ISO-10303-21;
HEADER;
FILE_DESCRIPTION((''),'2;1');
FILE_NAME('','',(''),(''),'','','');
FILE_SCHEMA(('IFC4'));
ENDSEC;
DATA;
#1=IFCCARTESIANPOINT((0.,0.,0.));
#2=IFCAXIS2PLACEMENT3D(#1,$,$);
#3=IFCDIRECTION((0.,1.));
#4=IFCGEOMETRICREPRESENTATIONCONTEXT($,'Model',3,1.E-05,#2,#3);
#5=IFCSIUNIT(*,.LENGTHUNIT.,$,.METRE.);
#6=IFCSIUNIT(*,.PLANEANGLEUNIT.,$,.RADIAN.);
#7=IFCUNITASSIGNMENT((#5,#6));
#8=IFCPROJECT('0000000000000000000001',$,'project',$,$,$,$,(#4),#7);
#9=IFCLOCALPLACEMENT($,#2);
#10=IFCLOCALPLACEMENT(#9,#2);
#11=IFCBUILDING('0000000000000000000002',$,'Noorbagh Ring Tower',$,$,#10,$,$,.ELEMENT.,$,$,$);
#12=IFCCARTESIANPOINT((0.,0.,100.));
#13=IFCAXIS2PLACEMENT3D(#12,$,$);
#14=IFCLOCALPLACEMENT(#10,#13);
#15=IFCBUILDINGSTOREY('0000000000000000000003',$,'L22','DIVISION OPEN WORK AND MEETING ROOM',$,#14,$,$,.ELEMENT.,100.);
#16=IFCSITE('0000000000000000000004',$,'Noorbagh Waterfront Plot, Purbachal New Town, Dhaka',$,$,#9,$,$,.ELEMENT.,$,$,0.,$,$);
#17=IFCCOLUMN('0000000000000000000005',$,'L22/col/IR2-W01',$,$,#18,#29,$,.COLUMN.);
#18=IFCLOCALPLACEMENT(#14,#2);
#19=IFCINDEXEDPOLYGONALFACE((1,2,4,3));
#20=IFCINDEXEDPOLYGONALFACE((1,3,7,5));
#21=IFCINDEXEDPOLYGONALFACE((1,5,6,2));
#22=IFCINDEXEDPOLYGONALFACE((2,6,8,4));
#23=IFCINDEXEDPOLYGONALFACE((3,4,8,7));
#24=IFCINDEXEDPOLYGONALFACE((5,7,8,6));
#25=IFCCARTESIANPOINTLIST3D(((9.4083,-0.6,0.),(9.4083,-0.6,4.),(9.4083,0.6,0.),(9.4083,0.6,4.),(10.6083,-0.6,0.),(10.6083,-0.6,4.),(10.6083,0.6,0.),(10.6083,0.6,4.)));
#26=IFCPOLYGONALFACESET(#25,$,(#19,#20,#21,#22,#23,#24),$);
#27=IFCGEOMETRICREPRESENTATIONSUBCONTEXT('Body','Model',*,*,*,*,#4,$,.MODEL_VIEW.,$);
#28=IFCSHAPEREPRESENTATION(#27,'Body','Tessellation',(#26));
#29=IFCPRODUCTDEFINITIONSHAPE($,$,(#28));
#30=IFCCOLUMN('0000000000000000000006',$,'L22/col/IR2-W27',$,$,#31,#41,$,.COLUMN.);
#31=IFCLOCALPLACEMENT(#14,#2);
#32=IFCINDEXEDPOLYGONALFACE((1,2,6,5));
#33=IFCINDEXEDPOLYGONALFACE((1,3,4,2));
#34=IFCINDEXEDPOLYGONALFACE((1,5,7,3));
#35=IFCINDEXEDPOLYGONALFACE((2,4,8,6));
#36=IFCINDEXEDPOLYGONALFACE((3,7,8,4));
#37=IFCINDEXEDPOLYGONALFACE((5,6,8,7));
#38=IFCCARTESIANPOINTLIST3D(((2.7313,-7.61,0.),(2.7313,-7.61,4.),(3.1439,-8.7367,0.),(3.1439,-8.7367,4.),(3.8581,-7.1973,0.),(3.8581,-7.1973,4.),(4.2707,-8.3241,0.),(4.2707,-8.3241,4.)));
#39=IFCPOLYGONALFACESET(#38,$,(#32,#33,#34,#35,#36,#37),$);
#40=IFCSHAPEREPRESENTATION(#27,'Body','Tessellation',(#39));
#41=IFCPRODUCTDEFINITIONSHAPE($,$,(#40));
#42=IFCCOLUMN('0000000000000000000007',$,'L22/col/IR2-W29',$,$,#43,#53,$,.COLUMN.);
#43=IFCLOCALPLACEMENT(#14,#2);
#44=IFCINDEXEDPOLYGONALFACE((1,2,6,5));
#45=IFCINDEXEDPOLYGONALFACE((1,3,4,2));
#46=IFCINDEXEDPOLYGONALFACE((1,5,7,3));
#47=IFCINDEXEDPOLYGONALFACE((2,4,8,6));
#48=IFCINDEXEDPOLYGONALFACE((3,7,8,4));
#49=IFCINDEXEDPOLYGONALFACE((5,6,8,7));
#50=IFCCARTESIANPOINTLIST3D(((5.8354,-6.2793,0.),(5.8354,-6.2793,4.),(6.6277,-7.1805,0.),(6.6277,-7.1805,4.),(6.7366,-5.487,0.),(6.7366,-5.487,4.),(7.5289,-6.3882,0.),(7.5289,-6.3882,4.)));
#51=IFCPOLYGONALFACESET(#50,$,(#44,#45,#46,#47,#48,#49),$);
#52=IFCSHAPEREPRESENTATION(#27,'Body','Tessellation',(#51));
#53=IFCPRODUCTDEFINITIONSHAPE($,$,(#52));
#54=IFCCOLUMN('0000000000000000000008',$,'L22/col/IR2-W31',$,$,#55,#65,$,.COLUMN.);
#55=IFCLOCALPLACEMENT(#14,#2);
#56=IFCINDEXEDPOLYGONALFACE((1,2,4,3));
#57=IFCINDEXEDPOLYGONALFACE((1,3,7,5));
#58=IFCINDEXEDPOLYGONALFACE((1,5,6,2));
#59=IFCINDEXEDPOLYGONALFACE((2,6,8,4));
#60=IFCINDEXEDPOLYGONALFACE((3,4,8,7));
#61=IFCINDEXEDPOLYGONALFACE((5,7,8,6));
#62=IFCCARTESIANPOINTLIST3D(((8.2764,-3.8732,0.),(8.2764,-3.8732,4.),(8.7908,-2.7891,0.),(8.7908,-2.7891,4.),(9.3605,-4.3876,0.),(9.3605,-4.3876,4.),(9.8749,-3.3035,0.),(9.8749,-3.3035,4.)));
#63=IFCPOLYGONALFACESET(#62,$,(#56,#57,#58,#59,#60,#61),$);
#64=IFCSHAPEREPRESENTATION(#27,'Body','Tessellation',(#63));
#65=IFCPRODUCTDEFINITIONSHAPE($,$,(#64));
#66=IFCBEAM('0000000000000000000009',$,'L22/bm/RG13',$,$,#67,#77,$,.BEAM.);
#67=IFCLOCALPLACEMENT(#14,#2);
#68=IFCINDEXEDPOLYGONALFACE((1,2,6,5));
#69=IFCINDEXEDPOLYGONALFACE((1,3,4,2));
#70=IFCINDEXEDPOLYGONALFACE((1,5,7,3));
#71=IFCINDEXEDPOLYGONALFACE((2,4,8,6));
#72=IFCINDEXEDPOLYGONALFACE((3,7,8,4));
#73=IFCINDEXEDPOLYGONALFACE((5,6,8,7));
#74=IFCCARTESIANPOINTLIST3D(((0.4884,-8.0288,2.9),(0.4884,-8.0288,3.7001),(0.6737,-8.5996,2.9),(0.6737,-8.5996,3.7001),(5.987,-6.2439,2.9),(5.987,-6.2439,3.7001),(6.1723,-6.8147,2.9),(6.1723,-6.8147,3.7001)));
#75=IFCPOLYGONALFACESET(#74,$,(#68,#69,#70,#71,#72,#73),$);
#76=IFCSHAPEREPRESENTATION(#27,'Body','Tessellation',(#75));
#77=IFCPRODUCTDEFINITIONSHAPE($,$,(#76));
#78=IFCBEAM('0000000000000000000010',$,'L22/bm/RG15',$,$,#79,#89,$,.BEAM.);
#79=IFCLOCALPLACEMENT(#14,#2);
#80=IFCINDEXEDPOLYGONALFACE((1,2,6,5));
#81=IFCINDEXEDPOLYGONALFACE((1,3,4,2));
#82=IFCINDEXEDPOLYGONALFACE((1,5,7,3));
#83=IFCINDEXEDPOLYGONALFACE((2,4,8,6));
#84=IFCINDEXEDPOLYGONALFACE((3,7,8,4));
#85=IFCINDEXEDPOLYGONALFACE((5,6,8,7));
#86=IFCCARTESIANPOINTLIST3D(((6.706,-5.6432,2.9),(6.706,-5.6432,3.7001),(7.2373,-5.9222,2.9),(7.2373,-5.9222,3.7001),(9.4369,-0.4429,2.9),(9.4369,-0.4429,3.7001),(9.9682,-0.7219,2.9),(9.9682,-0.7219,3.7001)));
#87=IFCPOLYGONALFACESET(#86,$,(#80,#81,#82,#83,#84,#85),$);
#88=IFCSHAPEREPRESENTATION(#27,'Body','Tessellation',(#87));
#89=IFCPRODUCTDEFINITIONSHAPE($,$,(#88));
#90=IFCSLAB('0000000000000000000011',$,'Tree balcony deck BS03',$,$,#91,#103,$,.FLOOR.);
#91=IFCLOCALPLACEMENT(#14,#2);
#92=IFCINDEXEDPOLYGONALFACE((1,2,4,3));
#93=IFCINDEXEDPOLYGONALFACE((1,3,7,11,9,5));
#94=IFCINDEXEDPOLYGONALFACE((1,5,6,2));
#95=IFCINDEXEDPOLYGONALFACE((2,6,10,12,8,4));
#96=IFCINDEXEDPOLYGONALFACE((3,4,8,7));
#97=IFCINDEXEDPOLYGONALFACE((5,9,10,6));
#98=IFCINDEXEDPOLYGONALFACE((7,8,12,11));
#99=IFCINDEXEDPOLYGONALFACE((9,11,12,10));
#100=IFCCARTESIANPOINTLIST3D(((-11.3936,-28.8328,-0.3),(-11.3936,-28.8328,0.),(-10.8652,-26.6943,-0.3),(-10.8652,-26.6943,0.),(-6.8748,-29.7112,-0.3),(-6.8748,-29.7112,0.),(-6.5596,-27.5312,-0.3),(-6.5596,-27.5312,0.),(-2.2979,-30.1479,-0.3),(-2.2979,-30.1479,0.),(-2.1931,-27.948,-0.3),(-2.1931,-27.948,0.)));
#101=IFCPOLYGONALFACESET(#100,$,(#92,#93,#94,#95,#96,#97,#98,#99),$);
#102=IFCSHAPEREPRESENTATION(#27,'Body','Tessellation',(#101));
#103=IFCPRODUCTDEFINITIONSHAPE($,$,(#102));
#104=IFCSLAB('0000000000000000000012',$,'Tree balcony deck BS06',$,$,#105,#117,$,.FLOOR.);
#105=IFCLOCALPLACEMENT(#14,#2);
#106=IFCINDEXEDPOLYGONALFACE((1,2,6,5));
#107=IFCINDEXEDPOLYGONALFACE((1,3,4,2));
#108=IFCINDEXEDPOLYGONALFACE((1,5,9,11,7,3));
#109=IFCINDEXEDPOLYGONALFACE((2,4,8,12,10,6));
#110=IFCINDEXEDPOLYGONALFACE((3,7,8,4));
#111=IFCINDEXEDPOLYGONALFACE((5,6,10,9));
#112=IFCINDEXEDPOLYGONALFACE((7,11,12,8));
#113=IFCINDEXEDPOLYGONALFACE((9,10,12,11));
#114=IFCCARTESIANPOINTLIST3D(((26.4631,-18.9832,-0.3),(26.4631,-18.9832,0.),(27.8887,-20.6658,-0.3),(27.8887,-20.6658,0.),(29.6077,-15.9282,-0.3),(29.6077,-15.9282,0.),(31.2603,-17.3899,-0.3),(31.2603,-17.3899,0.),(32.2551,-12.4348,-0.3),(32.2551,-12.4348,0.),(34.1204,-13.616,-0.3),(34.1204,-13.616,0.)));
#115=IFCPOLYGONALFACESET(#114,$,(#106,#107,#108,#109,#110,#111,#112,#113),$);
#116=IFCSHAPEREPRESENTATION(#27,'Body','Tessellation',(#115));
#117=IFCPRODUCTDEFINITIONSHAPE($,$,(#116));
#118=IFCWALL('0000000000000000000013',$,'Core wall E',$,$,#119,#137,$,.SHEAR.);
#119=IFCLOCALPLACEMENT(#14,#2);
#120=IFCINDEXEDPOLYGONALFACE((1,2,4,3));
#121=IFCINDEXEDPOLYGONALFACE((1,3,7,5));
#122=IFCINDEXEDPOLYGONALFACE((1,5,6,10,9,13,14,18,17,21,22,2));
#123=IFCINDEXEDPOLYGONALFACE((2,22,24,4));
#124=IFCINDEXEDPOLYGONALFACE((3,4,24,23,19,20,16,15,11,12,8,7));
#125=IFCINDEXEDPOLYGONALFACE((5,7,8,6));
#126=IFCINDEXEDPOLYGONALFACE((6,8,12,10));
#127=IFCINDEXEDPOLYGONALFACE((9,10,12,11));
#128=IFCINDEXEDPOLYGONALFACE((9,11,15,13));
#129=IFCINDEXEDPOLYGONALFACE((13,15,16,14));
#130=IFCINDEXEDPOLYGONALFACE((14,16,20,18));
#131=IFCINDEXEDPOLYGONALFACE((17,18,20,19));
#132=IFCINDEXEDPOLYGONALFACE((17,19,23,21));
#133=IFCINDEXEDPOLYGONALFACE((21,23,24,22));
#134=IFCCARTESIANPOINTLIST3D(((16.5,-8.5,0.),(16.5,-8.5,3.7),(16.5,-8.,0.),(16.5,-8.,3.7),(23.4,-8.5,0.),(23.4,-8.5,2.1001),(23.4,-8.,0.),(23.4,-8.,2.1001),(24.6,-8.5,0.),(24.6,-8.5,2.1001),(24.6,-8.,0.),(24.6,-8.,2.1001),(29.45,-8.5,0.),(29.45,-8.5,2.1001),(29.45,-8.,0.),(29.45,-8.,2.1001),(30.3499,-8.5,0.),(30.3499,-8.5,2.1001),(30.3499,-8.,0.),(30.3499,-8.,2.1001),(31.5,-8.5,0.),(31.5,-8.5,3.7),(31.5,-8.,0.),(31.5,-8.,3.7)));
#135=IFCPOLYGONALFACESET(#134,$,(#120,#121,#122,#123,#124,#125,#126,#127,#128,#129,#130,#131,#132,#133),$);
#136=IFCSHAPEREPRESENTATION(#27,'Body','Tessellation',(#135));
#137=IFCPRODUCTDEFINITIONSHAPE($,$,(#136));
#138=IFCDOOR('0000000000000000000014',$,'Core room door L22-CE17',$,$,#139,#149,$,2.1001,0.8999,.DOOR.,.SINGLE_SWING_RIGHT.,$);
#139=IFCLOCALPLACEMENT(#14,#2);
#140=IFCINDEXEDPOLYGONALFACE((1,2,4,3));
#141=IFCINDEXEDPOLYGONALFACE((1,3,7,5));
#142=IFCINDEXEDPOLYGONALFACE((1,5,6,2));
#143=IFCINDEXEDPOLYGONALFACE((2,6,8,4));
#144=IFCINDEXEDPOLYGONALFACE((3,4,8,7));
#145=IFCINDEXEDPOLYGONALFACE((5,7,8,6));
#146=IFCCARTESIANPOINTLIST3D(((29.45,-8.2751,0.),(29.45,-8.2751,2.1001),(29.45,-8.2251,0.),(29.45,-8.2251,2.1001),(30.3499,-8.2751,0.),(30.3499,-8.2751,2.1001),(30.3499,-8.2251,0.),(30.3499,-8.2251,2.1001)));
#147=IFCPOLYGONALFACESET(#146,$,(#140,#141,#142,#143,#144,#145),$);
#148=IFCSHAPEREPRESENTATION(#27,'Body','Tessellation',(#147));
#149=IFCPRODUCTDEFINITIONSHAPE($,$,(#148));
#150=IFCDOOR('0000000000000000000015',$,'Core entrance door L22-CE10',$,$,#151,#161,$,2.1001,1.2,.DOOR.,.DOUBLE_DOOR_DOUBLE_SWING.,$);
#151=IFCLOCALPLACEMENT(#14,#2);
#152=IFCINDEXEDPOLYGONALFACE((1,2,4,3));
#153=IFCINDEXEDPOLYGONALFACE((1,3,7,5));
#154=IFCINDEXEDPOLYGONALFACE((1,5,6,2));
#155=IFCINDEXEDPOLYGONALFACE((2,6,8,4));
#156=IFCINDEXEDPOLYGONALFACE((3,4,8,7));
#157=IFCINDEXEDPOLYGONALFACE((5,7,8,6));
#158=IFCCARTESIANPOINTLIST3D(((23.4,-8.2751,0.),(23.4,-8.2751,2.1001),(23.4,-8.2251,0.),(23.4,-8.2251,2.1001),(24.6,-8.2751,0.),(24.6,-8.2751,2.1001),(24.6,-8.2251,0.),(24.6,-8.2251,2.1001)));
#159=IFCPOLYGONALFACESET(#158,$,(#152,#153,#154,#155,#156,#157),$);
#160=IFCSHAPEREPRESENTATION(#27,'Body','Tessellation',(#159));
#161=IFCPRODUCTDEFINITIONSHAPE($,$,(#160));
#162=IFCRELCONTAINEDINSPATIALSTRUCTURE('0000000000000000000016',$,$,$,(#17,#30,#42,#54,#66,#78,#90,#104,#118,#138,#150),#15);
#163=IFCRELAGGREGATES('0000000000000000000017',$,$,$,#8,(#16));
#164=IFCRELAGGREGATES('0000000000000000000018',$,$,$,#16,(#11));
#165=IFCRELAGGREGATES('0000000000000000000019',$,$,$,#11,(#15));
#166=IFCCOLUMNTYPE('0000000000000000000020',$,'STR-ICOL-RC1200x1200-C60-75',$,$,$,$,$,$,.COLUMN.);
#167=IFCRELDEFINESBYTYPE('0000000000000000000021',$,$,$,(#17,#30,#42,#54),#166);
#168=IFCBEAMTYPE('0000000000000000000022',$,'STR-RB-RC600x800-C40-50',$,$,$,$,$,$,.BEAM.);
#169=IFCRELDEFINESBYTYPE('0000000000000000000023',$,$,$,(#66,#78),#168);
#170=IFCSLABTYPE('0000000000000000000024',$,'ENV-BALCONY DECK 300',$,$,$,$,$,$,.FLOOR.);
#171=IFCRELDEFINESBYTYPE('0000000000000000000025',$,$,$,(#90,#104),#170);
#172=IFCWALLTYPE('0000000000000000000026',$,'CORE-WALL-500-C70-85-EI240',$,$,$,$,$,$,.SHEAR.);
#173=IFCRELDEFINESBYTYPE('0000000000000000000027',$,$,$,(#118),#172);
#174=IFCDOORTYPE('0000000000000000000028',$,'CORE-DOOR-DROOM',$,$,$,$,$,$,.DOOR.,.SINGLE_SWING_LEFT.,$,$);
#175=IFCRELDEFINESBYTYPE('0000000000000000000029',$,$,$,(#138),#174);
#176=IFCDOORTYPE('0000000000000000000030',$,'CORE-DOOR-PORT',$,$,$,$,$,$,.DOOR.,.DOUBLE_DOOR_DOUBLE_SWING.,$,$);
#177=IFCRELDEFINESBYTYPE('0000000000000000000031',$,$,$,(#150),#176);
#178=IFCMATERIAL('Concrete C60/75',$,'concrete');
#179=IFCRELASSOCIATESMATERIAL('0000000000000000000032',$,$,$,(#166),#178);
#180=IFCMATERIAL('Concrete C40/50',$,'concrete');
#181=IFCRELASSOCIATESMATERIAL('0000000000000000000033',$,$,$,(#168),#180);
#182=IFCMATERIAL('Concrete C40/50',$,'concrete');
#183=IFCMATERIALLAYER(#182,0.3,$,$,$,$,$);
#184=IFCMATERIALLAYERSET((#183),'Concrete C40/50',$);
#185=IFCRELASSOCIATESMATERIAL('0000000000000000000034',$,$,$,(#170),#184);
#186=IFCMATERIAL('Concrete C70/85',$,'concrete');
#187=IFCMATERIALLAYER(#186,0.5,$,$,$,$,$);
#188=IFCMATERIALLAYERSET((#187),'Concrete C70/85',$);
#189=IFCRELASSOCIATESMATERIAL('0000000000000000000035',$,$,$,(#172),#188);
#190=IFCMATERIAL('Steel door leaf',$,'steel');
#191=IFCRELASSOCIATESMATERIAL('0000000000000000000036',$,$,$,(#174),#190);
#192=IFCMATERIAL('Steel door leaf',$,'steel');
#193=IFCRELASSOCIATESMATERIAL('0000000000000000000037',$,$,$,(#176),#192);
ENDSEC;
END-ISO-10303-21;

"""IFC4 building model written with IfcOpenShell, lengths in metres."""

from ifc_helpers import new_model, si_unit, direction, frame, frame_2d, origin, origin_2d, place, context, subcontext, project, spatial, polyline, rectangle, outline, extrude, material, layer, layer_set, material_profile, profile_set, type_object, element, fill, save


model = new_model("IFC4")

# Units and contexts
model_context = context("Model", 3, precision=1e-05, world=origin(), true_north=direction((0.0, 1.0)))
body_context = subcontext(model_context, "Body", "Model", "MODEL_VIEW")
ifc_project = project(units=[si_unit("LENGTHUNIT", "METRE"), si_unit("PLANEANGLEUNIT", "RADIAN")], contexts=[model_context])

# Site, building, storey
site_placement = place(None, origin())
site = spatial("IfcSite", under=ifc_project, at=site_placement, Name="Noorbagh Waterfront Plot, Purbachal New Town, Dhaka", CompositionType="ELEMENT", RefElevation=0.0)
building_placement = place(site_placement, origin())
building = spatial("IfcBuilding", under=site, at=building_placement, Name="Noorbagh Ring Tower", CompositionType="ELEMENT")
storey_placement = place(building_placement, frame((0.0, 0.0, 100.0)))
storey = spatial("IfcBuildingStorey", under=building, at=storey_placement, Name="L22", Description="DIVISION OPEN WORK AND MEETING ROOM", CompositionType="ELEMENT", Elevation=100.0)

# Columns
ifc_material_1 = material(Name="Concrete C60/75", Category="concrete")
ifc_material_profile_1 = material_profile(ifc_material_1, rectangle(XDim=1.2, YDim=1.2, at=origin_2d()), Name="RC1200x1200")
ifc_profile_set_1 = profile_set([ifc_material_profile_1], Name="Concrete C60/75")
column_type = type_object("IfcColumnType", Name="STR-ICOL-RC1200x1200-C60-75", PredefinedType="COLUMN", material=ifc_profile_set_1)
for number, where, z_axis, x_axis, name in (
    (1, (10.0083, 0.0, 0.0), (0.0, 0.0, 1.0), (0.0, 1.0, 0.0), "L22/col/IR2-W01"),
    (2, (3.501, -7.967, 0.0), (0.0, 0.0, 1.0), (0.93902, 0.343864, 0.0), "L22/col/IR2-W27"),
    (3, (6.6821, -6.3337, 0.0), (0.0, 0.0, 1.0), (0.751022, 0.660277, 0.0), "L22/col/IR2-W29"),
    (4, (9.0757, -3.5884, 0.0), (0.0, 0.0, 1.0), (0.428667, 0.903463, 0.0), "L22/col/IR2-W31"),
):
    element("IfcColumn", number, at=place(storey_placement, frame(where, z_axis=z_axis, x_axis=x_axis)), inside=storey, type_object=column_type, Name=name, PredefinedType="COLUMN", context=body_context, shape_type="SweptSolid", body=[
        extrude(rectangle(XDim=1.2, YDim=1.2, at=origin_2d()), origin(), (0.0, 0.0, 1.0), 4.0),
    ])

# Beams
ifc_material_2 = material(Name="Concrete C40/50", Category="concrete")
ifc_material_profile_2 = material_profile(ifc_material_2, rectangle(XDim=0.6001, YDim=0.8, at=origin_2d()), Name="RC600x800")
ifc_profile_set_2 = profile_set([ifc_material_profile_2], Name="Concrete C40/50")
beam_type = type_object("IfcBeamType", Name="STR-RB-RC600x800-C40-50", PredefinedType="BEAM", material=ifc_profile_set_2)
beam_1_placement = place(storey_placement, frame((0.5811, -8.3142, 3.3), z_axis=(0.951141, 0.308756, 0.0), x_axis=(-0.308756, 0.951141, 0.0)))
element("IfcBeam", 5, at=beam_1_placement, inside=storey, type_object=beam_type, Name="L22/bm/RG13", PredefinedType="BEAM", context=body_context, shape_type="SweptSolid", body=[
    extrude(rectangle(XDim=0.6001, YDim=0.8, at=origin_2d()), origin(), (0.0, 0.0, 1.0), 5.781),
])
beam_2_placement = place(storey_placement, frame((6.9717, -5.7827, 3.3), z_axis=(0.464931, 0.885347, 0.0), x_axis=(-0.885347, 0.464931, 0.0)))
element("IfcBeam", 6, at=beam_2_placement, inside=storey, type_object=beam_type, Name="L22/bm/RG15", PredefinedType="BEAM", context=body_context, shape_type="SweptSolid", body=[
    extrude(rectangle(XDim=0.6001, YDim=0.8, at=origin_2d()), origin(), (0.0, 0.0, 1.0), 5.8738),
])

# Slabs
ifc_material_3 = material(Name="Concrete C40/50", Category="concrete")
ifc_layer_1 = layer(ifc_material_3, 0.3)
ifc_layer_set_1 = layer_set([ifc_layer_1], Name="Concrete C40/50")
slab_type = type_object("IfcSlabType", Name="ENV-BALCONY DECK 300", PredefinedType="FLOOR", material=ifc_layer_set_1)
slab_1_placement = place(storey_placement, frame((0.0, 0.0, -0.3)))
element("IfcSlab", 7, at=slab_1_placement, inside=storey, type_object=slab_type, Name="Tree balcony deck BS03", PredefinedType="FLOOR", context=body_context, shape_type="SweptSolid", body=[
    extrude(outline(polyline([(-11.3936, -28.8328), (-6.8748, -29.7112), (-2.2979, -30.1479), (-2.1931, -27.948), (-6.5596, -27.5312), (-10.8652, -26.6943), (-11.3936, -28.8328)])), origin(), (0.0, 0.0, 1.0), 0.3),
])
slab_2_placement = place(storey_placement, frame((0.0, 0.0, -0.3)))
element("IfcSlab", 8, at=slab_2_placement, inside=storey, type_object=slab_type, Name="Tree balcony deck BS06", PredefinedType="FLOOR", context=body_context, shape_type="SweptSolid", body=[
    extrude(outline(polyline([(27.8887, -20.6658), (31.2603, -17.3899), (34.1204, -13.616), (32.2551, -12.4348), (29.6077, -15.9282), (26.4631, -18.9832), (27.8887, -20.6658)])), origin(), (0.0, 0.0, 1.0), 0.3),
])

# Wall, openings, doors
ifc_material_4 = material(Name="Concrete C70/85", Category="concrete")
ifc_layer_2 = layer(ifc_material_4, 0.5)
ifc_layer_set_2 = layer_set([ifc_layer_2], Name="Concrete C70/85")
wall_type = type_object("IfcWallType", Name="CORE-WALL-500-C70-85-EI240", PredefinedType="SHEAR", material=ifc_layer_set_2)
wall_placement = place(storey_placement, frame((16.5, -8.25, 0.0), z_axis=(0.0, 0.0, 1.0), x_axis=(1.0, 0.0, 0.0)))
wall = element("IfcWall", 9, at=wall_placement, inside=storey, type_object=wall_type, Name="Core wall E", PredefinedType="SHEAR", context=body_context, shape_type="SweptSolid", body=[
    extrude(rectangle(XDim=15.0, YDim=0.5, at=frame_2d((7.5, 0.0))), origin(), (0.0, 0.0, 1.0), 3.7),
])
opening_1_placement = place(wall_placement, frame((6.8999, 0.0, 0.0)))
opening_1 = element("IfcOpeningElement", 10, at=opening_1_placement, cuts=wall, PredefinedType="OPENING", context=body_context, shape_type="SweptSolid", body=[
    extrude(rectangle(XDim=1.2, YDim=2.1001, at=frame_2d((0.6001, 1.05))), frame((0.0, 0.26, 0.0), z_axis=(0.0, -1.0, 0.0), x_axis=(1.0, 0.0, 0.0)), (0.0, 0.0, 1.0), 0.52),
])
opening_2_placement = place(wall_placement, frame((12.95, 0.0, 0.0)))
opening_2 = element("IfcOpeningElement", 11, at=opening_2_placement, cuts=wall, PredefinedType="OPENING", context=body_context, shape_type="SweptSolid", body=[
    extrude(rectangle(XDim=0.8999, YDim=2.1001, at=frame_2d((0.45, 1.05))), frame((0.0, 0.26, 0.0), z_axis=(0.0, -1.0, 0.0), x_axis=(1.0, 0.0, 0.0)), (0.0, 0.0, 1.0), 0.52),
])
ifc_material_5 = material(Name="Steel door leaf", Category="steel")
door_type_1 = type_object("IfcDoorType", Name="CORE-DOOR-DROOM", OperationType="SINGLE_SWING_LEFT", PredefinedType="DOOR", material=ifc_material_5)
door_1_placement = place(opening_2_placement, origin())
door_1 = element("IfcDoor", 12, at=door_1_placement, inside=storey, type_object=door_type_1, Name="Core room door L22-CE17", OperationType="SINGLE_SWING_RIGHT", OverallHeight=2.1001, OverallWidth=0.8999, PredefinedType="DOOR", context=body_context, shape_type="SweptSolid", body=[
    extrude(rectangle(XDim=0.8999, YDim=2.1001, at=frame_2d((0.45, 1.05))), frame((0.0, 0.0249, 0.0), z_axis=(0.0, -1.0, 0.0), x_axis=(1.0, 0.0, 0.0)), (0.0, 0.0, 1.0), 0.05),
])
fill(opening_2, door_1)
ifc_material_6 = material(Name="Steel door leaf", Category="steel")
door_type_2 = type_object("IfcDoorType", Name="CORE-DOOR-PORT", OperationType="DOUBLE_DOOR_DOUBLE_SWING", PredefinedType="DOOR", material=ifc_material_6)
door_2_placement = place(opening_1_placement, origin())
door_2 = element("IfcDoor", 13, at=door_2_placement, inside=storey, type_object=door_type_2, Name="Core entrance door L22-CE10", OperationType="DOUBLE_DOOR_DOUBLE_SWING", OverallHeight=2.1001, OverallWidth=1.2, PredefinedType="DOOR", context=body_context, shape_type="SweptSolid", body=[
    extrude(rectangle(XDim=1.2, YDim=2.1001, at=frame_2d((0.6001, 1.05))), frame((0.0, 0.0249, 0.0), z_axis=(0.0, -1.0, 0.0), x_axis=(1.0, 0.0, 0.0)), (0.0, 0.0, 1.0), 0.05),
])
fill(opening_1, door_2)

save(model, "model.ifc")
